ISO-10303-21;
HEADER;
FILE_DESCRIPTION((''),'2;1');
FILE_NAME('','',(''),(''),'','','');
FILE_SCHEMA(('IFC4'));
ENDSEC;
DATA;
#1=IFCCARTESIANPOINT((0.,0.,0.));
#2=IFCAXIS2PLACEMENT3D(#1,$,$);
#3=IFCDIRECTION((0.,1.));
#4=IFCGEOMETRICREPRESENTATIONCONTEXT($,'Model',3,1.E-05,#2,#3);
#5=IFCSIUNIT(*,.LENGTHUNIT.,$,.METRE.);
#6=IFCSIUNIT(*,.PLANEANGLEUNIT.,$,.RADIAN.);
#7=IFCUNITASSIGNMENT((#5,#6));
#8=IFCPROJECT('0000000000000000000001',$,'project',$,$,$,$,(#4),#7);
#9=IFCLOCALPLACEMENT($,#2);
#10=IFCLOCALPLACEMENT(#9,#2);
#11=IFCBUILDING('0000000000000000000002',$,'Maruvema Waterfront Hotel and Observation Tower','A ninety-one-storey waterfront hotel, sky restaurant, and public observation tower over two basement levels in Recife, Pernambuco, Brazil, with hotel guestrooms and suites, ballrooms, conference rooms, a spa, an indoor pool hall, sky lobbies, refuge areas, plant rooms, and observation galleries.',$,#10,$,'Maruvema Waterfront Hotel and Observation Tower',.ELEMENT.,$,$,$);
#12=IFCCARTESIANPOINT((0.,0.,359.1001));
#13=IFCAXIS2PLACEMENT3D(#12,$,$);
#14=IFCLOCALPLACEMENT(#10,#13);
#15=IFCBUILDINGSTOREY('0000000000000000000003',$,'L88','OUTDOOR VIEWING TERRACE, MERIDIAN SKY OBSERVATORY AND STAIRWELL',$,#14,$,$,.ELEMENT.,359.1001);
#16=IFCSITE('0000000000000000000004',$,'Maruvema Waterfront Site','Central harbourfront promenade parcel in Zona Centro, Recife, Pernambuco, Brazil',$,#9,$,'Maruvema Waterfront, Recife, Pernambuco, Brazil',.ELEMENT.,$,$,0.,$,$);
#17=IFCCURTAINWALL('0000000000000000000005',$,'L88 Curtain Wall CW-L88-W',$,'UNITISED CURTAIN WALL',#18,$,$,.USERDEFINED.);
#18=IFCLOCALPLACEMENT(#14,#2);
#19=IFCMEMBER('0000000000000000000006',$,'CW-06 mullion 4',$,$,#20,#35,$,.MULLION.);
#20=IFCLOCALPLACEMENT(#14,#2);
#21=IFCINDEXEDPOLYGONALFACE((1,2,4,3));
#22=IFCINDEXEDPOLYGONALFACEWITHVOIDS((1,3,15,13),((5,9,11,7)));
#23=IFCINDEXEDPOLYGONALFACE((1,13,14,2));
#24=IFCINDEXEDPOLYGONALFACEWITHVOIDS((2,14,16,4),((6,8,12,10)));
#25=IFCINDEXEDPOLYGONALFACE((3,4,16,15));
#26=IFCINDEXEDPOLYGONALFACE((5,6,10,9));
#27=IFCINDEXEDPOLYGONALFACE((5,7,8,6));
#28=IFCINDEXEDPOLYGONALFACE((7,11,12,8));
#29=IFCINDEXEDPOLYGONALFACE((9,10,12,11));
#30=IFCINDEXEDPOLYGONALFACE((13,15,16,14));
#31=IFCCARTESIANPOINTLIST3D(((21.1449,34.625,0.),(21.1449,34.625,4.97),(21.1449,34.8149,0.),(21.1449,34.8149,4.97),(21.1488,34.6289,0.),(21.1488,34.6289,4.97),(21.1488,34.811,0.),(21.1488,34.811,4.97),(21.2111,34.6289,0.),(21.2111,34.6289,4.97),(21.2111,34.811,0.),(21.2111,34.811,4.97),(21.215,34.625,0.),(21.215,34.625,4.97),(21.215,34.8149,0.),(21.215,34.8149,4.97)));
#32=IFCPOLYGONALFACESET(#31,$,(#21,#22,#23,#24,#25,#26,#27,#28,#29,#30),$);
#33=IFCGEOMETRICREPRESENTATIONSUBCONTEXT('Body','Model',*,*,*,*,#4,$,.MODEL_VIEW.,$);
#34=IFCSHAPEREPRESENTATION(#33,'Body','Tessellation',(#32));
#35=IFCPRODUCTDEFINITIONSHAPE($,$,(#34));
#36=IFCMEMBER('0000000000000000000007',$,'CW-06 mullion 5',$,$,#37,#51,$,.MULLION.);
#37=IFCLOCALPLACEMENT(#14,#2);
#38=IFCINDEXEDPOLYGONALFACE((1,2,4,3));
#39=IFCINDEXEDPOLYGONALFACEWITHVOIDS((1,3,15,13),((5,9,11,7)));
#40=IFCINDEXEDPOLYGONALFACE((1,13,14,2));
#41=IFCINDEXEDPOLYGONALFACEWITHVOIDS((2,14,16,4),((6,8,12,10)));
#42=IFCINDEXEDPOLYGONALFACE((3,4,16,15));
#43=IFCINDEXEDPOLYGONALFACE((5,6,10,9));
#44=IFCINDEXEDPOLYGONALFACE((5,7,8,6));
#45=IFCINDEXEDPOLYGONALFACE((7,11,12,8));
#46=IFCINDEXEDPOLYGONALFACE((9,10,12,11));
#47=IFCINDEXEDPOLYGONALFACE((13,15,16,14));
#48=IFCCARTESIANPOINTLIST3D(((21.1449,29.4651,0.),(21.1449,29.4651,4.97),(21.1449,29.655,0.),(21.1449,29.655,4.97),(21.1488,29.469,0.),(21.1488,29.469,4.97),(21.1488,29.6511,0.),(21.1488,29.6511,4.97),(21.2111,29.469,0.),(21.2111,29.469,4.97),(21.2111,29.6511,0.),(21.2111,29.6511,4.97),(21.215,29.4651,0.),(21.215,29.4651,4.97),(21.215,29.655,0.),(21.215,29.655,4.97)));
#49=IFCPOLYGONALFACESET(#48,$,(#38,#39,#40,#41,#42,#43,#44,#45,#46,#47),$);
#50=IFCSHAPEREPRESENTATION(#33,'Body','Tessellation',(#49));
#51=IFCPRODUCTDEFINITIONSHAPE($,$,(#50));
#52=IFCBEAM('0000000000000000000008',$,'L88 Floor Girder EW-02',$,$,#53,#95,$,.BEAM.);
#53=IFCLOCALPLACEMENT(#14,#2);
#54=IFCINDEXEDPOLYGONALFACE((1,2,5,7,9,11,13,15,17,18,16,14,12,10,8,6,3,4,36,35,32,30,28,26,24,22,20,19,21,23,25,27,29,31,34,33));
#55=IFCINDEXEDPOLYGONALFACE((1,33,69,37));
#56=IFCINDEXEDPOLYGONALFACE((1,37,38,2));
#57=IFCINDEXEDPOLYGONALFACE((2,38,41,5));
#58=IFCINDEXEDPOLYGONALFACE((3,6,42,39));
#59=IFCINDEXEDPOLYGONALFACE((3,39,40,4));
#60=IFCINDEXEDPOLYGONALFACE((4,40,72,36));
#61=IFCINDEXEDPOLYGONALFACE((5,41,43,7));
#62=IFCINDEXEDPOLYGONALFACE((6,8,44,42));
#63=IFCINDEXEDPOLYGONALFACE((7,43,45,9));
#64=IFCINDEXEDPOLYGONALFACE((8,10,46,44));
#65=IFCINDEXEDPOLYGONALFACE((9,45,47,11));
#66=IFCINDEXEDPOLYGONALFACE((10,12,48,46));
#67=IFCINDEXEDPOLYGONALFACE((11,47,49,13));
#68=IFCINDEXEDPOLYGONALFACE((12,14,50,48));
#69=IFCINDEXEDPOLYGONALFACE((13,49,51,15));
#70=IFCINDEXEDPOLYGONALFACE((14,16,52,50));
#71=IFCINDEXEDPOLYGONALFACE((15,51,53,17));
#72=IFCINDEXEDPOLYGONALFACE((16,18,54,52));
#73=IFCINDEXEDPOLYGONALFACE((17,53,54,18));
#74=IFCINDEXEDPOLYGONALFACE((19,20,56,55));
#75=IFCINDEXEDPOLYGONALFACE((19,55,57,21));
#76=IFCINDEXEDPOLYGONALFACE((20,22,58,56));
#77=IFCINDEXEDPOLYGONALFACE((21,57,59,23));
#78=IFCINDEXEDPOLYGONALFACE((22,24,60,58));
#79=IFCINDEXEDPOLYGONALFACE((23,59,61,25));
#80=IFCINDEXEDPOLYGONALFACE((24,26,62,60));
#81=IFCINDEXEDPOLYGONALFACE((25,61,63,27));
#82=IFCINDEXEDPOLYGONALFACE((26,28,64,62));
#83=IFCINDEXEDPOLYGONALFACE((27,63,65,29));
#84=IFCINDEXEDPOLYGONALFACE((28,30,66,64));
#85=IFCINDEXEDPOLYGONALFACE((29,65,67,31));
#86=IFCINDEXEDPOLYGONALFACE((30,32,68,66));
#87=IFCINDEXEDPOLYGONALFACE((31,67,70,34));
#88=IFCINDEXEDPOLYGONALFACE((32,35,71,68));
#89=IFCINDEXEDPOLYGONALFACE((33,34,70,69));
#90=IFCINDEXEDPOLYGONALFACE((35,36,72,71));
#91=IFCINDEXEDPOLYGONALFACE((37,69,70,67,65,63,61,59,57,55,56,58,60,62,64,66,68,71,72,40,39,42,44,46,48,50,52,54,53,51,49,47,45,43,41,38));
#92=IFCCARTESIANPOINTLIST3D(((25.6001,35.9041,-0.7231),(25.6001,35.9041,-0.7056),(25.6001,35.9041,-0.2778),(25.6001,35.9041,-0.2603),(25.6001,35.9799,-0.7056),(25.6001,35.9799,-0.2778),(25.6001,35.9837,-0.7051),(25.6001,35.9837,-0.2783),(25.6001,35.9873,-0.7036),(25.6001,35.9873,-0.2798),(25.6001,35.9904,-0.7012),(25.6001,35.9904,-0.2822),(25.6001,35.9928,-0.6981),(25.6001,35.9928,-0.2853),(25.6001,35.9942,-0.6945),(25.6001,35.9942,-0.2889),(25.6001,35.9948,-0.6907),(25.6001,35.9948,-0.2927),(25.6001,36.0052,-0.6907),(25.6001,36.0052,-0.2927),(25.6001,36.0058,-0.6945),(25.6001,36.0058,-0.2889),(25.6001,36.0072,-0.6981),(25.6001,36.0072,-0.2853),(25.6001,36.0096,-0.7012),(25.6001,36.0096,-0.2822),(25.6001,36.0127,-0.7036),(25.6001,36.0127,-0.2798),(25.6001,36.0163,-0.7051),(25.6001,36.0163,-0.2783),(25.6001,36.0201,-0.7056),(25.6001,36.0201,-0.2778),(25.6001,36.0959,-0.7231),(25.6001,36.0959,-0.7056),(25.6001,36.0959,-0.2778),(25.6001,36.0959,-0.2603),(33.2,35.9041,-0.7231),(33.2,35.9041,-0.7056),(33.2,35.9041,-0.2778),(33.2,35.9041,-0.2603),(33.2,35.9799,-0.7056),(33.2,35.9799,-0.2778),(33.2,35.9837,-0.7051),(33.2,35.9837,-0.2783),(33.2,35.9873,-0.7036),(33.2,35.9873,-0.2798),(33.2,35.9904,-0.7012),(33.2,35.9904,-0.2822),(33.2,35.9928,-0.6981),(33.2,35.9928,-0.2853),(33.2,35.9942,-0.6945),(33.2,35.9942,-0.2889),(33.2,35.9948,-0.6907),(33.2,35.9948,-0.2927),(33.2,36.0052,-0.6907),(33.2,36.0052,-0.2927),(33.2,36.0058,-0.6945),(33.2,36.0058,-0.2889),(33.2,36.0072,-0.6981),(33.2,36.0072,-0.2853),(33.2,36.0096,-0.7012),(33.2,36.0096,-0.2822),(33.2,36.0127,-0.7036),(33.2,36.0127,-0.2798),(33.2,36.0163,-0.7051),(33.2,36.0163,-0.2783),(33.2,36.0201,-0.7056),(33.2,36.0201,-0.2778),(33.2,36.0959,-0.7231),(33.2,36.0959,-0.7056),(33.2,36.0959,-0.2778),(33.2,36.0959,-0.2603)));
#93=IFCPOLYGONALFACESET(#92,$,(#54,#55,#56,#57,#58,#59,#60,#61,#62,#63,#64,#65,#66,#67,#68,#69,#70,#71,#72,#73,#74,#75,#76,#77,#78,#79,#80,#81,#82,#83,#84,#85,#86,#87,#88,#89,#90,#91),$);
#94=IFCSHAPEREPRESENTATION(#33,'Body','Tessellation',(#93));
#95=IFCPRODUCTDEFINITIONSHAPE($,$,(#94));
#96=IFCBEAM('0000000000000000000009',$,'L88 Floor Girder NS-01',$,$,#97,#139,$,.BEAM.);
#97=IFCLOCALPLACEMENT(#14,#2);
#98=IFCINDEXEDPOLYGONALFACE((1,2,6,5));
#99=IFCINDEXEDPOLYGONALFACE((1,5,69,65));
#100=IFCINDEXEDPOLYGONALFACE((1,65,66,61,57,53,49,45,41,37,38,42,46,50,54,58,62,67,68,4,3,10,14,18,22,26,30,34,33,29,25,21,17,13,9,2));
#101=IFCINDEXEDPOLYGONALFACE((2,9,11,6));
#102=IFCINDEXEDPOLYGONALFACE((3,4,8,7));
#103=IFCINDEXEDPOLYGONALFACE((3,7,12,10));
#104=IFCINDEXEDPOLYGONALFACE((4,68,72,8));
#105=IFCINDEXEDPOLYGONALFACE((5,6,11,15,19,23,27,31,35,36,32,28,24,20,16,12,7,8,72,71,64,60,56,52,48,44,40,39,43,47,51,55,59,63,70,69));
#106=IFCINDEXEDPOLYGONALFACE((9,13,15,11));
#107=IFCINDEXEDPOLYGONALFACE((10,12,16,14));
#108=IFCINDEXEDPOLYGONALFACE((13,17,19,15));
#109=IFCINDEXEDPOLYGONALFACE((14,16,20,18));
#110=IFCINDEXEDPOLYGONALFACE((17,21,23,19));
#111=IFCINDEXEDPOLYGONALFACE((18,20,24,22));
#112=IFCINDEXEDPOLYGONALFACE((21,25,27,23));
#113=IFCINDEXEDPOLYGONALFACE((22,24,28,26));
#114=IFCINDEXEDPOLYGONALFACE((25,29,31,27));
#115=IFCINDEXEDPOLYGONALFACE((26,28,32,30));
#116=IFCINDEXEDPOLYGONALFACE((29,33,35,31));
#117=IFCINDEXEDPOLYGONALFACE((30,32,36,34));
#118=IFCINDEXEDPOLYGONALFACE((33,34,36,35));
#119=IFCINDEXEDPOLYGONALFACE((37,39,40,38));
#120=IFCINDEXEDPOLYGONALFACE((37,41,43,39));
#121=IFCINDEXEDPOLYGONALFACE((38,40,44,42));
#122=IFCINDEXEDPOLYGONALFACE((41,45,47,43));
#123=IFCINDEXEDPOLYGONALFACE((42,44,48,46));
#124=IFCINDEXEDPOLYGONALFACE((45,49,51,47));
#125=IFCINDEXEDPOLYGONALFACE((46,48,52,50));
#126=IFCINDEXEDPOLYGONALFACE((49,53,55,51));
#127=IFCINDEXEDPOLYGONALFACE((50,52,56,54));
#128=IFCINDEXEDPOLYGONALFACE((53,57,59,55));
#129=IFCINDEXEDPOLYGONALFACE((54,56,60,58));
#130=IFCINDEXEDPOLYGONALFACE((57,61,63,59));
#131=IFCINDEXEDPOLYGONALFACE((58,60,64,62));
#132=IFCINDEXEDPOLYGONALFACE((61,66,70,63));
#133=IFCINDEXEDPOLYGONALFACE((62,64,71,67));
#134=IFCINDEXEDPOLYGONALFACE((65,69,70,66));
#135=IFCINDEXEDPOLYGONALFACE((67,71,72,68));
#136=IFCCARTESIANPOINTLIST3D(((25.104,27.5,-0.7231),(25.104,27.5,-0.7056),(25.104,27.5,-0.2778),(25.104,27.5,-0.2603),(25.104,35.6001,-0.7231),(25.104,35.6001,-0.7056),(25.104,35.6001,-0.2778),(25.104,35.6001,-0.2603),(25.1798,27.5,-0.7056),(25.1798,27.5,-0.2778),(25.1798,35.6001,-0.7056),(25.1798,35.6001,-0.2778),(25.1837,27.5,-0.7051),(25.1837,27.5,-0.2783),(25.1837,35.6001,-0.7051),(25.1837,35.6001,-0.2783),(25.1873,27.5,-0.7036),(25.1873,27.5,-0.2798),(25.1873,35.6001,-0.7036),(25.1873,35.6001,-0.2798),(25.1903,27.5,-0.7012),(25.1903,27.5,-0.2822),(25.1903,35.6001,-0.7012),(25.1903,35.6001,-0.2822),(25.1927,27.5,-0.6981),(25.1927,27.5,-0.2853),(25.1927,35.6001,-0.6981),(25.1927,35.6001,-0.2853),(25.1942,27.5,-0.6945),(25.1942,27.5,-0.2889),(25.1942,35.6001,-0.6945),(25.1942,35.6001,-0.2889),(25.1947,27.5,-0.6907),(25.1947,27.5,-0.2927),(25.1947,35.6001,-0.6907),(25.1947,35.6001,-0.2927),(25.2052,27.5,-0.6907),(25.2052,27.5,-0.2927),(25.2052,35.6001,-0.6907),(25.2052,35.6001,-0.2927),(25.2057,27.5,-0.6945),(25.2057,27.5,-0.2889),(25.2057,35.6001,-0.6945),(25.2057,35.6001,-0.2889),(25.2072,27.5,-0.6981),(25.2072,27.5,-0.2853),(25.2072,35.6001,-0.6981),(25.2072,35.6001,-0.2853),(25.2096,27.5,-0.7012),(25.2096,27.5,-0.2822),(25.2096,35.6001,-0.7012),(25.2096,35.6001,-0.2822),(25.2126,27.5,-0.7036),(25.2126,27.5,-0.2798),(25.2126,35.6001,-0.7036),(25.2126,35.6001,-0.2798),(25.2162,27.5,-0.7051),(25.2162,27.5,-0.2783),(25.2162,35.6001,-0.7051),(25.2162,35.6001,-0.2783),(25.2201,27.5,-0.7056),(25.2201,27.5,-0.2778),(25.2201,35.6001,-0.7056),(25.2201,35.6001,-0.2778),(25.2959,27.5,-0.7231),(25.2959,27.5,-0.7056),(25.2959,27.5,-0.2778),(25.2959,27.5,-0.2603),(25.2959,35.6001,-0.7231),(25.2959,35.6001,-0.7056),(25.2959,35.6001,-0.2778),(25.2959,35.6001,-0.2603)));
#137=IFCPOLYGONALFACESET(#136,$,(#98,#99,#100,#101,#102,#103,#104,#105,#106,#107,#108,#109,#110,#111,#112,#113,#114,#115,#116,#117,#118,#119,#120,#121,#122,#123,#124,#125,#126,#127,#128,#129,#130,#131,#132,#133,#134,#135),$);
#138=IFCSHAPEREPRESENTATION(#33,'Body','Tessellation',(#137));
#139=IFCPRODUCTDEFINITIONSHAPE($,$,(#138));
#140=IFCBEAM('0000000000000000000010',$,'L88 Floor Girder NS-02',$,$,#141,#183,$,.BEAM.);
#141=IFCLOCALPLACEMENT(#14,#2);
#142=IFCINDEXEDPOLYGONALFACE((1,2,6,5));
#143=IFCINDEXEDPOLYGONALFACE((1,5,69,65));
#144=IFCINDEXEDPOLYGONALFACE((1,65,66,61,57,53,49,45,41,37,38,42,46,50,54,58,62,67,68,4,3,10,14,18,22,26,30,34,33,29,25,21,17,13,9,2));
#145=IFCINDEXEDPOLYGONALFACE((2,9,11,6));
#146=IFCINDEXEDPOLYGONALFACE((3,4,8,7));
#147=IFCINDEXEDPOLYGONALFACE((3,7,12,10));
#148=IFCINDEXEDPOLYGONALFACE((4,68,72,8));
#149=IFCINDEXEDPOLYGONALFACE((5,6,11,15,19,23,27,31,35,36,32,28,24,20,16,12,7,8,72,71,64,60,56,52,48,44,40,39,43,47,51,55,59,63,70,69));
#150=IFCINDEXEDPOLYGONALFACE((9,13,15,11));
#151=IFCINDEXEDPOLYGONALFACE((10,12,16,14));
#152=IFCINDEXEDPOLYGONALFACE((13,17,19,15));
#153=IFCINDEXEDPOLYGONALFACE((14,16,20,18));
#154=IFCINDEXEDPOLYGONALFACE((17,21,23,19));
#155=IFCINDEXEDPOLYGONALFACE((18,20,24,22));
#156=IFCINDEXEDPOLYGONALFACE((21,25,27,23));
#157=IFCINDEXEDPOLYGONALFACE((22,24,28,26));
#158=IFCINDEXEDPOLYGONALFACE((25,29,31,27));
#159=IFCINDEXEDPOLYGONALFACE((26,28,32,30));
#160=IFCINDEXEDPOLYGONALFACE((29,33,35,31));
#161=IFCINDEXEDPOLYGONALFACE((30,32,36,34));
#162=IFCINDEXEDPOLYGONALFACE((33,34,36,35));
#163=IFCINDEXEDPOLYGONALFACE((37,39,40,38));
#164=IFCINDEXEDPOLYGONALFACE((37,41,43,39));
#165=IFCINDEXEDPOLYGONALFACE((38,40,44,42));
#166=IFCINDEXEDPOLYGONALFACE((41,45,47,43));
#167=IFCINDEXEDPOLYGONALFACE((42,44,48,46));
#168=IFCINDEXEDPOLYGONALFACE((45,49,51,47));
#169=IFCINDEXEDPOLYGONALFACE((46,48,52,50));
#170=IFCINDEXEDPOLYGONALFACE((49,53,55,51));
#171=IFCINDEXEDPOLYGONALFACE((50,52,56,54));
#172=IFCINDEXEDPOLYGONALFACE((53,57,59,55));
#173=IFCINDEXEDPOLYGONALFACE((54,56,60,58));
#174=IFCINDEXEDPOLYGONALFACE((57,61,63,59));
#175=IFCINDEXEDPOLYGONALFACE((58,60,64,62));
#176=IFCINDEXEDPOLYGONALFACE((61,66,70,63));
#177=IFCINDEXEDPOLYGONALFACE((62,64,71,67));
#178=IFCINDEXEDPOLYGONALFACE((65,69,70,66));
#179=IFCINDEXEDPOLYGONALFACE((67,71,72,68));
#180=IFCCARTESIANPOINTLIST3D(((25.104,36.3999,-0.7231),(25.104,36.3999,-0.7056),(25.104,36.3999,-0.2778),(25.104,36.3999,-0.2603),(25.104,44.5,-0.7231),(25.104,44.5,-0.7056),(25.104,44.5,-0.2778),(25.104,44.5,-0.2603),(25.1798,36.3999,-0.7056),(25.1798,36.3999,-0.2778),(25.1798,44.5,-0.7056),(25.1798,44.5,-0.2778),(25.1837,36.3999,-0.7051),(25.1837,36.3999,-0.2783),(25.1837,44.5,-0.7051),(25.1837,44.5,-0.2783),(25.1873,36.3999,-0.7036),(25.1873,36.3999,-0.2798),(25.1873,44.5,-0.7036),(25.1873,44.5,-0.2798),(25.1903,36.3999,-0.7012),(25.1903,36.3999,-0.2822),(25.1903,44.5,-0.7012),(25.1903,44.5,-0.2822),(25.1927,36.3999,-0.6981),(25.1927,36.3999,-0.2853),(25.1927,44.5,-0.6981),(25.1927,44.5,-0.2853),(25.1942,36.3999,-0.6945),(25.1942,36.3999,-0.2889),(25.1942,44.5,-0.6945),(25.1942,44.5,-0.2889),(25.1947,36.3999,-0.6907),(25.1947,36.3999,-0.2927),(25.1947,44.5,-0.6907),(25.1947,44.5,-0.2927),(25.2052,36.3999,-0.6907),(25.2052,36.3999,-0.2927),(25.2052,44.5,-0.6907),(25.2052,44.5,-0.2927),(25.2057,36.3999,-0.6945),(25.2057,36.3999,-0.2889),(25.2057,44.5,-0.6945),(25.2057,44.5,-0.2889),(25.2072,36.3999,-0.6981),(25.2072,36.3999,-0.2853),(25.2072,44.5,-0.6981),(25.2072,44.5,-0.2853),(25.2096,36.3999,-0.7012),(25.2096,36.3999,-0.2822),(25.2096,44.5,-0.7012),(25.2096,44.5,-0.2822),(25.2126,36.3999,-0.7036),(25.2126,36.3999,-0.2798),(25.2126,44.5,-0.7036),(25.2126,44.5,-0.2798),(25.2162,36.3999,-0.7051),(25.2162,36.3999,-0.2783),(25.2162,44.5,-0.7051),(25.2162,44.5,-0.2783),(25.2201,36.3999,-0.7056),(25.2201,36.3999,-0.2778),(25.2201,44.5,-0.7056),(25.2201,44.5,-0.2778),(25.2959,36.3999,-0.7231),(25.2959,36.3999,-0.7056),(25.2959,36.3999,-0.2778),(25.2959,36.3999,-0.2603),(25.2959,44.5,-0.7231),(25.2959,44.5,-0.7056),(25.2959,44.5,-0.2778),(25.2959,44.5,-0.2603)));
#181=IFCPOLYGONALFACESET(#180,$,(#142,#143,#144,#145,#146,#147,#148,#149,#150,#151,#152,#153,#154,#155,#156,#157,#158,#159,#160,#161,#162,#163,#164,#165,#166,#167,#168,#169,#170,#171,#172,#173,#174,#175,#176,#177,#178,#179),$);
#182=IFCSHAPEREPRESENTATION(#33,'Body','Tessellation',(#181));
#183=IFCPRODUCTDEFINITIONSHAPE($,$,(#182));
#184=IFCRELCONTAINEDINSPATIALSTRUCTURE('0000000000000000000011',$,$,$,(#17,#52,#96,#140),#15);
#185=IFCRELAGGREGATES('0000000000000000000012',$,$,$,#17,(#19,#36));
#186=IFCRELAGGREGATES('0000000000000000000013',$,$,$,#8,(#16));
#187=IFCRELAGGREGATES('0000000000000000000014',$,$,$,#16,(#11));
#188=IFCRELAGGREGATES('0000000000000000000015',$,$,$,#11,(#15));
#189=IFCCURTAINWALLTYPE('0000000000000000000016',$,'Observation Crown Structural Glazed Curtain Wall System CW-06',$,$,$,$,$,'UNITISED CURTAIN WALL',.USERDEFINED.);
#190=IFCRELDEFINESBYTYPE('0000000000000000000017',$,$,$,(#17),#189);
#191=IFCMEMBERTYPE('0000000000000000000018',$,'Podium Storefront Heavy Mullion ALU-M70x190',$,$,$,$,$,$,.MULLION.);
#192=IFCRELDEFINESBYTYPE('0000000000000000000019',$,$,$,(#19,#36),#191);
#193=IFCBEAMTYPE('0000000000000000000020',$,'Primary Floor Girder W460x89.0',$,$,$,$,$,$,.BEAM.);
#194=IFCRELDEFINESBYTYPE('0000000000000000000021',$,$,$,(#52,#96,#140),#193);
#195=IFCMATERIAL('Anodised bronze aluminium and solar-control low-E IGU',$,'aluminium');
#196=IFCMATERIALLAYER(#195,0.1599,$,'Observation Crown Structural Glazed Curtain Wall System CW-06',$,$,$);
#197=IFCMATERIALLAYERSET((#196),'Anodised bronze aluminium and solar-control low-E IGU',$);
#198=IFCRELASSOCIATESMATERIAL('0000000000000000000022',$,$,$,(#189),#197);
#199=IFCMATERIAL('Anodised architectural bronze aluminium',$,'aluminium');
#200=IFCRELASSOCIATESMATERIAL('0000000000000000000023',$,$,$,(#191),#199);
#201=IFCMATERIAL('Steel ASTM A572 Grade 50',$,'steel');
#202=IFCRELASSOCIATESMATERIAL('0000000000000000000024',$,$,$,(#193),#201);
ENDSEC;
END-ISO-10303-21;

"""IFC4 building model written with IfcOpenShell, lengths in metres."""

from ifc_helpers import new_model, si_unit, direction, frame, origin, origin_2d, place, context, subcontext, project, spatial, hollow_rectangle, i_section, extrude, material, layer, layer_set, material_profile, profile_set, type_object, element, aggregate, save


model = new_model("IFC4")

# Units and contexts
model_context = context("Model", 3, precision=1e-05, world=origin(), true_north=direction((0.0, 1.0)))
body_context = subcontext(model_context, "Body", "Model", "MODEL_VIEW")
ifc_project = project(units=[si_unit("LENGTHUNIT", "METRE"), si_unit("PLANEANGLEUNIT", "RADIAN")], contexts=[model_context])

# Site, building, storey
site_placement = place(None, origin())
site = spatial("IfcSite", under=ifc_project, at=site_placement, Name="Maruvema Waterfront Site", Description="Central harbourfront promenade parcel in Zona Centro, Recife, Pernambuco, Brazil", LongName="Maruvema Waterfront, Recife, Pernambuco, Brazil", CompositionType="ELEMENT", RefElevation=0.0)
building_placement = place(site_placement, origin())
building = spatial("IfcBuilding", under=site, at=building_placement, Name="Maruvema Waterfront Hotel and Observation Tower", Description="A ninety-one-storey waterfront hotel, sky restaurant, and public observation tower over two basement levels in Recife, Pernambuco, Brazil, with hotel guestrooms and suites, ballrooms, conference rooms, a spa, an indoor pool hall, sky lobbies, refuge areas, plant rooms, and observation galleries.", LongName="Maruvema Waterfront Hotel and Observation Tower", CompositionType="ELEMENT")
storey_placement = place(building_placement, frame((0.0, 0.0, 359.1001)))
storey = spatial("IfcBuildingStorey", under=building, at=storey_placement, Name="L88", Description="OUTDOOR VIEWING TERRACE, MERIDIAN SKY OBSERVATORY AND STAIRWELL", CompositionType="ELEMENT", Elevation=359.1001)

# Curtain wall, members
ifc_material_1 = material(Name="Anodised bronze aluminium and solar-control low-E IGU", Category="aluminium")
ifc_layer_1 = layer(ifc_material_1, 0.1599, Name="Observation Crown Structural Glazed Curtain Wall System CW-06")
ifc_layer_set_1 = layer_set([ifc_layer_1], Name="Anodised bronze aluminium and solar-control low-E IGU")
curtain_wall_type = type_object("IfcCurtainWallType", Name="Observation Crown Structural Glazed Curtain Wall System CW-06", ElementType="UNITISED CURTAIN WALL", PredefinedType="USERDEFINED", material=ifc_layer_set_1)
curtain_wall_placement = place(storey_placement, origin())
curtain_wall = element("IfcCurtainWall", 1, at=curtain_wall_placement, inside=storey, type_object=curtain_wall_type, Name="L88 Curtain Wall CW-L88-W", ObjectType="UNITISED CURTAIN WALL", PredefinedType="USERDEFINED")
ifc_material_2 = material(Name="Anodised architectural bronze aluminium", Category="aluminium")
ifc_material_profile_1 = material_profile(ifc_material_2, hollow_rectangle(XDim=0.0701, YDim=0.1899, WallThickness=0.0039, at=origin_2d()), Name="ALU-M70x190")
ifc_profile_set_1 = profile_set([ifc_material_profile_1], Name="Anodised architectural bronze aluminium")
member_type_1 = type_object("IfcMemberType", Name="Podium Storefront Heavy Mullion ALU-M70x190", PredefinedType="MULLION", material=ifc_profile_set_1)
member_1_placement = place(storey_placement, frame((21.1799, 34.72, 0.0), z_axis=(0.0, 0.0, 1.0), x_axis=(1.0, 0.0, 0.0)))
member_1 = element("IfcMember", 2, at=member_1_placement, type_object=member_type_1, Name="CW-06 mullion 4", PredefinedType="MULLION", context=body_context, shape_type="SweptSolid", body=[
    extrude(hollow_rectangle(XDim=0.0701, YDim=0.1899, WallThickness=0.0039, at=origin_2d()), origin(), (0.0, 0.0, 1.0), 4.97),
])
member_2_placement = place(storey_placement, frame((21.1799, 29.5601, 0.0), z_axis=(0.0, 0.0, 1.0), x_axis=(1.0, 0.0, 0.0)))
member_2 = element("IfcMember", 3, at=member_2_placement, type_object=member_type_1, Name="CW-06 mullion 5", PredefinedType="MULLION", context=body_context, shape_type="SweptSolid", body=[
    extrude(hollow_rectangle(XDim=0.0701, YDim=0.1899, WallThickness=0.0039, at=origin_2d()), origin(), (0.0, 0.0, 1.0), 4.97),
])

# Beams
ifc_material_3 = material(Name="Steel ASTM A572 Grade 50", Category="steel")
ifc_material_profile_2 = material_profile(ifc_material_3, i_section(OverallWidth=0.1919, OverallDepth=0.4629, WebThickness=0.0105, FlangeThickness=0.0176, FilletRadius=0.0149, at=origin_2d()), Name="W460x89.0")
ifc_profile_set_2 = profile_set([ifc_material_profile_2], Name="Steel ASTM A572 Grade 50")
beam_type_1 = type_object("IfcBeamType", Name="Primary Floor Girder W460x89.0", PredefinedType="BEAM", material=ifc_profile_set_2)
beam_1_placement = place(storey_placement, frame((25.6001, 36.0, -0.4917), z_axis=(1.0, 0.0, 0.0), x_axis=(0.0, 1.0, 0.0)))
element("IfcBeam", 4, at=beam_1_placement, inside=storey, type_object=beam_type_1, Name="L88 Floor Girder EW-02", PredefinedType="BEAM", context=body_context, shape_type="SweptSolid", body=[
    extrude(i_section(OverallWidth=0.1919, OverallDepth=0.4629, WebThickness=0.0105, FlangeThickness=0.0176, FilletRadius=0.0149, at=origin_2d()), origin(), (0.0, 0.0, 1.0), 7.5999),
])
for number, where, z_axis, x_axis, name in (
    (5, (25.2, 27.5, -0.4917), (0.0, 1.0, 0.0), (-1.0, 0.0, 0.0), "L88 Floor Girder NS-01"),
    (6, (25.2, 36.3999, -0.4917), (0.0, 1.0, 0.0), (-1.0, 0.0, 0.0), "L88 Floor Girder NS-02"),
):
    element("IfcBeam", number, at=place(storey_placement, frame(where, z_axis=z_axis, x_axis=x_axis)), inside=storey, type_object=beam_type_1, Name=name, PredefinedType="BEAM", context=body_context, shape_type="SweptSolid", body=[
        extrude(i_section(OverallWidth=0.1919, OverallDepth=0.4629, WebThickness=0.0105, FlangeThickness=0.0176, FilletRadius=0.0149, at=origin_2d()), origin(), (0.0, 0.0, 1.0), 8.1001),
    ])

aggregate(curtain_wall, [member_1, member_2])

save(model, "model.ifc")
